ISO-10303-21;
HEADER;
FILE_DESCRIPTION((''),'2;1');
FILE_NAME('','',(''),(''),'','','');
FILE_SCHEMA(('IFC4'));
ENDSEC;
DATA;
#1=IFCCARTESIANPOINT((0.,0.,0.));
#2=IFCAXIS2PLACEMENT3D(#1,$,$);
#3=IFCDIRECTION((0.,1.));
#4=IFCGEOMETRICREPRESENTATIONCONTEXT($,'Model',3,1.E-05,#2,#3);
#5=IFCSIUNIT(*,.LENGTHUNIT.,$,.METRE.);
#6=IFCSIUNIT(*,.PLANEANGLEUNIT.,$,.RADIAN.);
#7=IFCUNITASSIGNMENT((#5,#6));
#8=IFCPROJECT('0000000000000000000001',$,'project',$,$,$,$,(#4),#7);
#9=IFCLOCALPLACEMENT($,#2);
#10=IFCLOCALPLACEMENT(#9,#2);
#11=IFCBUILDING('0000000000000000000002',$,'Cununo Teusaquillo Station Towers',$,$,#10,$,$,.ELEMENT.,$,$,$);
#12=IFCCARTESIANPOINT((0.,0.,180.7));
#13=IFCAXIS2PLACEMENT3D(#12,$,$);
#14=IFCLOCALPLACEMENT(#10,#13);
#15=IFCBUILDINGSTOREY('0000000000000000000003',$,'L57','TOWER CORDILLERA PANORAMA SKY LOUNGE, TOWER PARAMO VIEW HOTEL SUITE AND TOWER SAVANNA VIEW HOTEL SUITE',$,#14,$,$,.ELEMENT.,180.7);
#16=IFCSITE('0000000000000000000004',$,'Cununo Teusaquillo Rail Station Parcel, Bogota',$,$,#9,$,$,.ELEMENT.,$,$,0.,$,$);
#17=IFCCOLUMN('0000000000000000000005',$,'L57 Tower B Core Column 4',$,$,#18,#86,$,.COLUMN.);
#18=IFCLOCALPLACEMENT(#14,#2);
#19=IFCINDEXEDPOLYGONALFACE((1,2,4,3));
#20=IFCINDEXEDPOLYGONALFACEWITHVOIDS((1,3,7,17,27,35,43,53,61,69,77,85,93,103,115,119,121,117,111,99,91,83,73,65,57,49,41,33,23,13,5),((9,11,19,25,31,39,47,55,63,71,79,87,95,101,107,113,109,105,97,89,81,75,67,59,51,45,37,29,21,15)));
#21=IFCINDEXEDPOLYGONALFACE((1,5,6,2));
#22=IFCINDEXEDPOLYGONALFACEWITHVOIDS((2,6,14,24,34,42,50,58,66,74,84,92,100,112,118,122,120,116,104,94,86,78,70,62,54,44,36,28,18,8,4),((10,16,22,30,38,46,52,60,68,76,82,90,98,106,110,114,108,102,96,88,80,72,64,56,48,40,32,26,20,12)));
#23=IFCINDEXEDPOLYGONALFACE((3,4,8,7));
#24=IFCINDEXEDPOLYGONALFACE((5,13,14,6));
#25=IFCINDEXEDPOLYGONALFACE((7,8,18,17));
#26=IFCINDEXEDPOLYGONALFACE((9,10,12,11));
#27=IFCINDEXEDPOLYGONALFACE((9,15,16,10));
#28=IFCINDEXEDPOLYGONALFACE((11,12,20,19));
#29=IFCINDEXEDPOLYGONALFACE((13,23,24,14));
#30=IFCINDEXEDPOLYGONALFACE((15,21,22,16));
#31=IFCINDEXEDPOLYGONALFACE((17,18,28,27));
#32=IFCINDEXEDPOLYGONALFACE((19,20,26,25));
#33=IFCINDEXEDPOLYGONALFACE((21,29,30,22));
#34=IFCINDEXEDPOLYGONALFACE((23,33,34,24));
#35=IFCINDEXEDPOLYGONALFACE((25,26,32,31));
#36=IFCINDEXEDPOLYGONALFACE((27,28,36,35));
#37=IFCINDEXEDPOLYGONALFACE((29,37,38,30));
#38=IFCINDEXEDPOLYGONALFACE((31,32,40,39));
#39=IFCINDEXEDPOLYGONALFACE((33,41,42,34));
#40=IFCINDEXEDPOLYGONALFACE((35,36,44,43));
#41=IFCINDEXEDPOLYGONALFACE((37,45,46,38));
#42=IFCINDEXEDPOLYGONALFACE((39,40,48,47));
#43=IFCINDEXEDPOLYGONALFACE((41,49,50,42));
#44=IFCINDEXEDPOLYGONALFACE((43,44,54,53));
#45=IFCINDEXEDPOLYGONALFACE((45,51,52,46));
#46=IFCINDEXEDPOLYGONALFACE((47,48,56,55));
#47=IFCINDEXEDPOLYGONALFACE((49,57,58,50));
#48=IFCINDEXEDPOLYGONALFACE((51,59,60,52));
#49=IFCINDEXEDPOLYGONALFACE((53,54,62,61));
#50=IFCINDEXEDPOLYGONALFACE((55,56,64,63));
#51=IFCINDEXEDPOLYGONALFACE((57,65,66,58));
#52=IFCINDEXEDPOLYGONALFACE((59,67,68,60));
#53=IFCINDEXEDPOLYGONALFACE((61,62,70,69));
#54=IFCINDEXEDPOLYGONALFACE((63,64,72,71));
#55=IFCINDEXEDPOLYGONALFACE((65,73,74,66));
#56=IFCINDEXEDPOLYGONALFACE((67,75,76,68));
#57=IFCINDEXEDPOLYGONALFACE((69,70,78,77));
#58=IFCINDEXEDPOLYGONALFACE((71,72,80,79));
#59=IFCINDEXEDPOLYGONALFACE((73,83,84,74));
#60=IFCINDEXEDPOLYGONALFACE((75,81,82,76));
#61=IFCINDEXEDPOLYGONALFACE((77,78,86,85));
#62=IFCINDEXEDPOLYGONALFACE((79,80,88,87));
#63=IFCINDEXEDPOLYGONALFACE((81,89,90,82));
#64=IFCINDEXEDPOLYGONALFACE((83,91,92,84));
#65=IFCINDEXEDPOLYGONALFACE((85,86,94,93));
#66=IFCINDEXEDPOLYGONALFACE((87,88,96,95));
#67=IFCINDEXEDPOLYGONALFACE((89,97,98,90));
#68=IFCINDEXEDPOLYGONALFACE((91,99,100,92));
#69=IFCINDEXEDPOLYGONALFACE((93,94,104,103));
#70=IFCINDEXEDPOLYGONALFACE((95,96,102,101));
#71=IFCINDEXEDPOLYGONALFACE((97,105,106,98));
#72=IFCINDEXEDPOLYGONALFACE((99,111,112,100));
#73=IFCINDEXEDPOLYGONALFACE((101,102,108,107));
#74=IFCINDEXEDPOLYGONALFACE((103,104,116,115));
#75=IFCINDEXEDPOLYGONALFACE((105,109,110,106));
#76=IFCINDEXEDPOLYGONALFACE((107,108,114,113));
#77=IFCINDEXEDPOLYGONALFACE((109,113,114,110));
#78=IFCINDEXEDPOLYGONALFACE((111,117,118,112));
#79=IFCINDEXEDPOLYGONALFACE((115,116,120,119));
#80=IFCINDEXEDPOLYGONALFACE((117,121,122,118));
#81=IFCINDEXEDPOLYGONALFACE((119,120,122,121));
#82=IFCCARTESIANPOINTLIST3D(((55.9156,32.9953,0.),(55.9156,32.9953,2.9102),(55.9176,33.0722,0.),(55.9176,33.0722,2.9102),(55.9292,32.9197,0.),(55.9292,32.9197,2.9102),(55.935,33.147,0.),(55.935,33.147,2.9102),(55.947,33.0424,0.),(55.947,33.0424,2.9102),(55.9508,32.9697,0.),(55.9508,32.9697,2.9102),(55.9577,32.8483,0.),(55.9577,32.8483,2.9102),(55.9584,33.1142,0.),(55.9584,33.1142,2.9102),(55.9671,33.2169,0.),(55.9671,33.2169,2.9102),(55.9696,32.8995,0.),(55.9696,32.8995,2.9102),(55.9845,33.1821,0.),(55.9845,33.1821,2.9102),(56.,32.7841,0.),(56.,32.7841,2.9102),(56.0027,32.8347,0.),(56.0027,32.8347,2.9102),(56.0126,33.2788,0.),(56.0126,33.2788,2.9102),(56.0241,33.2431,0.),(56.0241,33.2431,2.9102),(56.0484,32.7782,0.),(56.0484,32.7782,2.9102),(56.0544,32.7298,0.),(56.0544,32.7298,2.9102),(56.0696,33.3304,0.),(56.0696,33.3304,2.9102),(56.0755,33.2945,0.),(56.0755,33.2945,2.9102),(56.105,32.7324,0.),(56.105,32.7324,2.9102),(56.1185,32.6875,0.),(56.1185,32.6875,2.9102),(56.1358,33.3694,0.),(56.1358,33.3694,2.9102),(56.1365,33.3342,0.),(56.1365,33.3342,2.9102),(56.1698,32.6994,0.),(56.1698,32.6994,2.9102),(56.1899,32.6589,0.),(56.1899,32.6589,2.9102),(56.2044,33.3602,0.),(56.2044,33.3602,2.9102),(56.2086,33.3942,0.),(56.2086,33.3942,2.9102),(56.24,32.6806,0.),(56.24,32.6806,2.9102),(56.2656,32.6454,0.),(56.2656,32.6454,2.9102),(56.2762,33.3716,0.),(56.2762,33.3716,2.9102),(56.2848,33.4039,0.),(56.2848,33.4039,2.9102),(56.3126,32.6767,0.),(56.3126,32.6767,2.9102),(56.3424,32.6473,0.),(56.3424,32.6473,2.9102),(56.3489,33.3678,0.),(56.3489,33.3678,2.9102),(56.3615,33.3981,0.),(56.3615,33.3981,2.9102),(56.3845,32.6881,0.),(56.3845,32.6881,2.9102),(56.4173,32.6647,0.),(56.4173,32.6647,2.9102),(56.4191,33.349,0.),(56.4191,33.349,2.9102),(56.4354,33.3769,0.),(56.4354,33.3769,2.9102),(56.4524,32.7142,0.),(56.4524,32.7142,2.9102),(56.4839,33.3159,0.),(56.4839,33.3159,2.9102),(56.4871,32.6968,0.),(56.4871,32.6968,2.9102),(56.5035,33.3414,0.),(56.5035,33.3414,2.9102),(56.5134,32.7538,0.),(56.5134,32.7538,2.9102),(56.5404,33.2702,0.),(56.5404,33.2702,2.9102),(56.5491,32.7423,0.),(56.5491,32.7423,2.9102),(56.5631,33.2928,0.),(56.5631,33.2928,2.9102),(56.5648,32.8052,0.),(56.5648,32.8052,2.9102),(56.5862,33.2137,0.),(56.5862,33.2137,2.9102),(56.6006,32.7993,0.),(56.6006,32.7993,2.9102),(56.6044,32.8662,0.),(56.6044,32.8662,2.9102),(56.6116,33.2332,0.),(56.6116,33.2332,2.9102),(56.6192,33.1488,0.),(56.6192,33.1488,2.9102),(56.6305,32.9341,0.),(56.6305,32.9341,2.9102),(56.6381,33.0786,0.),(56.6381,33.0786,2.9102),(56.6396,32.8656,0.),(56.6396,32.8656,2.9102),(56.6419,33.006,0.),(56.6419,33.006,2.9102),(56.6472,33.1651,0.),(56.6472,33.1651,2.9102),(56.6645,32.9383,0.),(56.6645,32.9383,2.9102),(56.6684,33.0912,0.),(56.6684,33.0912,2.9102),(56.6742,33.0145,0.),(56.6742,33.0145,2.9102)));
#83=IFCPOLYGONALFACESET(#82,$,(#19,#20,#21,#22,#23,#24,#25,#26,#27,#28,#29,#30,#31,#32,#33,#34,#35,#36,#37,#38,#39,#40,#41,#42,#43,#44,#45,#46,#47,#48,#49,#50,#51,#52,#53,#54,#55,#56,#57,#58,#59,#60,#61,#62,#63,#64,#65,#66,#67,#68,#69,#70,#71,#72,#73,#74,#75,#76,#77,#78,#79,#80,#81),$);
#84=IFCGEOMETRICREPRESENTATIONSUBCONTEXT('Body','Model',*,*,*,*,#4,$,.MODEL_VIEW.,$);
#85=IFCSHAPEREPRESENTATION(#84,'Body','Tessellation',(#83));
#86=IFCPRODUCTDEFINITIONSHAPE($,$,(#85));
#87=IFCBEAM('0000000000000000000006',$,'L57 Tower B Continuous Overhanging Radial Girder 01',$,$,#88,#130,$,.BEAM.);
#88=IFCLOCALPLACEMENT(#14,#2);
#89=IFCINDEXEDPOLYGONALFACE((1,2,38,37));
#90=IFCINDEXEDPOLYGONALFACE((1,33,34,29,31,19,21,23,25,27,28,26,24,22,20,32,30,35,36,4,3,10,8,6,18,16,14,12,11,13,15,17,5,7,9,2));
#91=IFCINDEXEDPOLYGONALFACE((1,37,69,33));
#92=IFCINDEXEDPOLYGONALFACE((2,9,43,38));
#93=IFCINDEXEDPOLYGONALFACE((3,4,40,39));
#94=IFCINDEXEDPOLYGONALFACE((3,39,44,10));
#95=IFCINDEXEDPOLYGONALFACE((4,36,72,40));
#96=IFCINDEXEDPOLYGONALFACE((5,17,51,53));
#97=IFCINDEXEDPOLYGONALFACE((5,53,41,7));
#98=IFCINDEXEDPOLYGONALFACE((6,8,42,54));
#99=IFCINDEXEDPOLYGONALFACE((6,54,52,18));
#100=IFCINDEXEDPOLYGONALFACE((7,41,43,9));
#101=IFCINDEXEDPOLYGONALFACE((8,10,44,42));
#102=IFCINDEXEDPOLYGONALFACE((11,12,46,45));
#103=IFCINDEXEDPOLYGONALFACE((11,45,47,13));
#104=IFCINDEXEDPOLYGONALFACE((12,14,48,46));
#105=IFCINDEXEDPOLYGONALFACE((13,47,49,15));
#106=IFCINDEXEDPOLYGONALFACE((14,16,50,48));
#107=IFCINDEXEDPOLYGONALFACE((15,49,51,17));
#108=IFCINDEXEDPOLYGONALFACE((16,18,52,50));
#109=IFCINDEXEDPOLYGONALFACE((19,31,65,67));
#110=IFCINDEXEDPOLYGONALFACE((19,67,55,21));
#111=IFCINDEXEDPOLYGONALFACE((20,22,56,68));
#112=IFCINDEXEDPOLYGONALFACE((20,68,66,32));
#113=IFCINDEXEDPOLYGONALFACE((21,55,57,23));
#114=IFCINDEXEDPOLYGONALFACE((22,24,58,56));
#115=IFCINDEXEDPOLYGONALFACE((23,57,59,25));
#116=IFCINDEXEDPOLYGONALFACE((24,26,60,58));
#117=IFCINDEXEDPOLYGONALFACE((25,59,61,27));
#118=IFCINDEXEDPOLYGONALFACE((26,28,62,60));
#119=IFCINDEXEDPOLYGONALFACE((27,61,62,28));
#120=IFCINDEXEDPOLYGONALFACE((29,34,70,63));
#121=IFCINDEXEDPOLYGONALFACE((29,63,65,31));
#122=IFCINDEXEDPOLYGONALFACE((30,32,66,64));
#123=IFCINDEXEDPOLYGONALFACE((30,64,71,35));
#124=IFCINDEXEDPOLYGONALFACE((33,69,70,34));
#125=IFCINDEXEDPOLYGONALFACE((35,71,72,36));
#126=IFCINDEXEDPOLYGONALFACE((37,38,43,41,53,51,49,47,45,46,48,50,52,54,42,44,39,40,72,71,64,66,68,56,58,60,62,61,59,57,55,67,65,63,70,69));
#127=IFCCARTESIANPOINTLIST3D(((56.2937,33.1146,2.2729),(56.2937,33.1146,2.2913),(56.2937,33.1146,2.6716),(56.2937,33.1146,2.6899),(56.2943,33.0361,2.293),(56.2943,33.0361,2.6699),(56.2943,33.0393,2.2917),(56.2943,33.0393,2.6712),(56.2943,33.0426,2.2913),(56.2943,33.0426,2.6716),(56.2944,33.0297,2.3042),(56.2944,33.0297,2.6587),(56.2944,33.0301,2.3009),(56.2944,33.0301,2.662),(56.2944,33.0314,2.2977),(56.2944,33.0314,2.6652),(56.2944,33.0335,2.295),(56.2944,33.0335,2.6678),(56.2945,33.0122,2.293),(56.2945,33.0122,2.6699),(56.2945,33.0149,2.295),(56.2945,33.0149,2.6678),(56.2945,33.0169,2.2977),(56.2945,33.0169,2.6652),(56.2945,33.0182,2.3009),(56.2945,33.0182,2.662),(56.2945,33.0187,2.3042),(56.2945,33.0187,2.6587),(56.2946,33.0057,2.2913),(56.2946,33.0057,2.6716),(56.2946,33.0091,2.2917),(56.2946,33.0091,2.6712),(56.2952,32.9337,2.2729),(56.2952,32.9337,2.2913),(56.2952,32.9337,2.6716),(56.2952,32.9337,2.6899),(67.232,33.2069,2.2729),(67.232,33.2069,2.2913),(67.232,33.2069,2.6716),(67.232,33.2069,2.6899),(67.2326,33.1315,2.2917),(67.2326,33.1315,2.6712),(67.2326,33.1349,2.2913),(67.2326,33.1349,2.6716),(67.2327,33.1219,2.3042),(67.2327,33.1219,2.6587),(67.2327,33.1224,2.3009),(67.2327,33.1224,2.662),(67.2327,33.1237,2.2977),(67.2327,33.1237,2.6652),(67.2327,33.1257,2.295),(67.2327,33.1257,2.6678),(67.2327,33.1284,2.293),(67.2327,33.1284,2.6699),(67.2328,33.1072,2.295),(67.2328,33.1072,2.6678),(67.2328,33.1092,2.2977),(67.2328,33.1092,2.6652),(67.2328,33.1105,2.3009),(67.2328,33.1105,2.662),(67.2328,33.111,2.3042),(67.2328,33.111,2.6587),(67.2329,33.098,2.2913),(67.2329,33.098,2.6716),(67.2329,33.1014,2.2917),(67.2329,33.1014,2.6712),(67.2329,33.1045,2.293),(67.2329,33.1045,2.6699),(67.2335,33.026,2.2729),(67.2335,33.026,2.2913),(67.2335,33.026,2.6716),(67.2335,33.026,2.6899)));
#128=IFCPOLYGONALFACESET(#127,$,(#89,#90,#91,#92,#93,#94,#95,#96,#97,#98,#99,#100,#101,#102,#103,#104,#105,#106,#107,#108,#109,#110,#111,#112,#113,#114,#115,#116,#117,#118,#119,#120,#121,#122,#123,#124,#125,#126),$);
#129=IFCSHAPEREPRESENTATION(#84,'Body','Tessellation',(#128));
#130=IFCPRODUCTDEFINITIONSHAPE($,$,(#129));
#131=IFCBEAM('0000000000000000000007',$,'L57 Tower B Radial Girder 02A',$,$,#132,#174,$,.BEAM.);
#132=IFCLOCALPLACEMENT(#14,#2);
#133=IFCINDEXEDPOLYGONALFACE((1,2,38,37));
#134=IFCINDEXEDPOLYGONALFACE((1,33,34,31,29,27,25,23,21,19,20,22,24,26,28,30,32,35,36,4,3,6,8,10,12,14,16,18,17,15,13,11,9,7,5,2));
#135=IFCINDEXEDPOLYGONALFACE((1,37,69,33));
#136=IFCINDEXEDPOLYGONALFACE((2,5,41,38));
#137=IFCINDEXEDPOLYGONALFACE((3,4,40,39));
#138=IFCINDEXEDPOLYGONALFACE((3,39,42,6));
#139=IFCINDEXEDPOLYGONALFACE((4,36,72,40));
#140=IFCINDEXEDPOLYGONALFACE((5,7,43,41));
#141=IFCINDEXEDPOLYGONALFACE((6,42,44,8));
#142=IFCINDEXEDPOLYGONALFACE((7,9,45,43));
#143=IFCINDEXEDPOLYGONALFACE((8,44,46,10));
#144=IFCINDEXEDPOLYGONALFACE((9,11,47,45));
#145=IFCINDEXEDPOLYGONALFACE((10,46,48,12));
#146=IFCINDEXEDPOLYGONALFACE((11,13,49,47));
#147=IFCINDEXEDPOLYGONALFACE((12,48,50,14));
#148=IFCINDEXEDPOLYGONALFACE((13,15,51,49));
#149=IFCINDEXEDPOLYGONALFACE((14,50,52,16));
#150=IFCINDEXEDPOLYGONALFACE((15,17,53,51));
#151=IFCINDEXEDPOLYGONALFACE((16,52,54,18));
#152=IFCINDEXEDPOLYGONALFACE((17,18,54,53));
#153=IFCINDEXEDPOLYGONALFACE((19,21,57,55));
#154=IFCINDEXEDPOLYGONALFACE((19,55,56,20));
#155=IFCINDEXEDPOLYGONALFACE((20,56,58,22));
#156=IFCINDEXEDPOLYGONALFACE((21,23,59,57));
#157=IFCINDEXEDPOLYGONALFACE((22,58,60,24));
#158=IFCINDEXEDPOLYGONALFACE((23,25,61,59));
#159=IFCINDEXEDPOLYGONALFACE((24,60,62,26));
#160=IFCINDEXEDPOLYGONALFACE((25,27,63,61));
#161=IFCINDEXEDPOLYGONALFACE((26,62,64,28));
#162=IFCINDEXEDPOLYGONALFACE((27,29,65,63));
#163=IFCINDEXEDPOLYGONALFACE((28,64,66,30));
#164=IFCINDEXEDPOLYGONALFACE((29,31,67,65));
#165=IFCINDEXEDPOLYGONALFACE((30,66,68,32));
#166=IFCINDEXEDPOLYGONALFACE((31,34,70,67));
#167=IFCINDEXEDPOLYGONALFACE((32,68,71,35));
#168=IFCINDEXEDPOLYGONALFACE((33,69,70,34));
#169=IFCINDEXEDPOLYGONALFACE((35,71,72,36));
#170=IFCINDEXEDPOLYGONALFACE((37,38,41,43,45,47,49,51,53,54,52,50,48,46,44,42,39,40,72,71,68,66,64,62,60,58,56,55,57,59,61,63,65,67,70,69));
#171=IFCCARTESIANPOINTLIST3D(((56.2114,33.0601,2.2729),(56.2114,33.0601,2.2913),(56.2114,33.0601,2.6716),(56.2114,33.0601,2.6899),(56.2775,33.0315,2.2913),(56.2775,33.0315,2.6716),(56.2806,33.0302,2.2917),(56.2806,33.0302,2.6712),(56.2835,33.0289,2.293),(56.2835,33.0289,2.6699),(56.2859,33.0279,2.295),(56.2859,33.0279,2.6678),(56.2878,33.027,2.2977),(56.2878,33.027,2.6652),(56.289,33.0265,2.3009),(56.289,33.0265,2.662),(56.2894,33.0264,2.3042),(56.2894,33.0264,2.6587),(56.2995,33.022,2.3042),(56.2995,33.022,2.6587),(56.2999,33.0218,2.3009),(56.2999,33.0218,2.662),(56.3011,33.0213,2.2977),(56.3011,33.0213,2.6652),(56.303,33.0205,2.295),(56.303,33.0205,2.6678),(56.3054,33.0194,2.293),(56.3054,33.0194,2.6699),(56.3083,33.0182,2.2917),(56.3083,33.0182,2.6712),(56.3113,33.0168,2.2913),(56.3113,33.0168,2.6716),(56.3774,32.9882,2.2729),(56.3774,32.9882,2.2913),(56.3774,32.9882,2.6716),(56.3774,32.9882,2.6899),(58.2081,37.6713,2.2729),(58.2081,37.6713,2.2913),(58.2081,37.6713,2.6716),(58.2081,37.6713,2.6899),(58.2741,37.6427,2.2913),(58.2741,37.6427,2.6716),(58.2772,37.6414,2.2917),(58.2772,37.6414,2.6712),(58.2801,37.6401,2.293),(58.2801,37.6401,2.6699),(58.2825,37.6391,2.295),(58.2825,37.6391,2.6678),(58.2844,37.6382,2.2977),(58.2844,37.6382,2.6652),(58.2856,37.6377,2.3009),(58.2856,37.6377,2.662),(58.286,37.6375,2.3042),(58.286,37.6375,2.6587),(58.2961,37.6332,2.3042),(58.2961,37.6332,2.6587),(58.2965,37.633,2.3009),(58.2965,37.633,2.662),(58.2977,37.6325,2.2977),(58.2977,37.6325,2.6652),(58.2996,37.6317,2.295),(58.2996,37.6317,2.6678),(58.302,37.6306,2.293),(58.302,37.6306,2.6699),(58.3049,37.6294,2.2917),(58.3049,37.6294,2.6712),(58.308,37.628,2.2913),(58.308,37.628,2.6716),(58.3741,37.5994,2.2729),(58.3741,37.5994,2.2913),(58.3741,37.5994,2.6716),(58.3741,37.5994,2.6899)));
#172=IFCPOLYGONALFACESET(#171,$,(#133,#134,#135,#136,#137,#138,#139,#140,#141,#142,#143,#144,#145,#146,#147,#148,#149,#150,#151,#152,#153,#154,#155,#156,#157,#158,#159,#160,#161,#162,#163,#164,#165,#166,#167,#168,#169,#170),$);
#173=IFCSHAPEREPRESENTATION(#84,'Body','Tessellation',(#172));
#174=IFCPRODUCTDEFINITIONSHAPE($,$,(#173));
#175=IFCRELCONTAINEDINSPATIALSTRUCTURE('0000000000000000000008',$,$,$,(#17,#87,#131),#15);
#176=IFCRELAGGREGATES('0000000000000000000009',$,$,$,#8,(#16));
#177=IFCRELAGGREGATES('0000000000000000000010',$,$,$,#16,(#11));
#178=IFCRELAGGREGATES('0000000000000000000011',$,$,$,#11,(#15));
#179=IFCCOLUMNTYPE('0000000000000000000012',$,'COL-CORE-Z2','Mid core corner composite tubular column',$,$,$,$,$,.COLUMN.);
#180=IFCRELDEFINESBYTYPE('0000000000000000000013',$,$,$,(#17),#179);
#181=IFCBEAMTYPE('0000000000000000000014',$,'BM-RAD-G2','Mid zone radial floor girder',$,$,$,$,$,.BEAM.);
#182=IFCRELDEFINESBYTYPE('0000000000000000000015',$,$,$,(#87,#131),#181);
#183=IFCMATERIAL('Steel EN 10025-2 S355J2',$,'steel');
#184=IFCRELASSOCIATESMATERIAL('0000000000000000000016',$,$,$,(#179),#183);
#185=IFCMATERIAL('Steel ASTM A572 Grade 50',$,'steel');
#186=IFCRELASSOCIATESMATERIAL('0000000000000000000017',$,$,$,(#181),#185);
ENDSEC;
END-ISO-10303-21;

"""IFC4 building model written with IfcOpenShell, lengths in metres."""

from ifc_helpers import new_model, si_unit, direction, frame, origin, origin_2d, place, context, subcontext, project, spatial, hollow_circle, i_section, extrude, material, material_profile, profile_set, type_object, element, save


model = new_model("IFC4")

# Units and contexts
model_context = context("Model", 3, precision=1e-05, world=origin(), true_north=direction((0.0, 1.0)))
body_context = subcontext(model_context, "Body", "Model", "MODEL_VIEW")
ifc_project = project(units=[si_unit("LENGTHUNIT", "METRE"), si_unit("PLANEANGLEUNIT", "RADIAN")], contexts=[model_context])

# Site, building, storey
site_placement = place(None, origin())
site = spatial("IfcSite", under=ifc_project, at=site_placement, Name="Cununo Teusaquillo Rail Station Parcel, Bogota", CompositionType="ELEMENT", RefElevation=0.0)
building_placement = place(site_placement, origin())
building = spatial("IfcBuilding", under=site, at=building_placement, Name="Cununo Teusaquillo Station Towers", CompositionType="ELEMENT")
storey_placement = place(building_placement, frame((0.0, 0.0, 180.7)))
storey = spatial("IfcBuildingStorey", under=building, at=storey_placement, Name="L57", Description="TOWER CORDILLERA PANORAMA SKY LOUNGE, TOWER PARAMO VIEW HOTEL SUITE AND TOWER SAVANNA VIEW HOTEL SUITE", CompositionType="ELEMENT", Elevation=180.7)

# Column
ifc_material_1 = material(Name="Steel EN 10025-2 S355J2", Category="steel")
ifc_material_profile_1 = material_profile(ifc_material_1, hollow_circle(Radius=0.3799, WallThickness=0.032, at=origin_2d()), Name="CHS 760x32")
ifc_profile_set_1 = profile_set([ifc_material_profile_1], Name="Steel EN 10025-2 S355J2")
column_type = type_object("IfcColumnType", Name="COL-CORE-Z2", Description="Mid core corner composite tubular column", PredefinedType="COLUMN", material=ifc_profile_set_1)
column_placement = place(storey_placement, frame((56.2944, 33.0242, 0.0), z_axis=(0.0, 0.0, 1.0), x_axis=(0.707107, 0.707107, 0.0)))
element("IfcColumn", 1, at=column_placement, inside=storey, type_object=column_type, Name="L57 Tower B Core Column 4", PredefinedType="COLUMN", context=body_context, shape_type="SweptSolid", body=[
    extrude(hollow_circle(Radius=0.3799, WallThickness=0.032, at=origin_2d()), origin(), (0.0, 0.0, 1.0), 2.9102),
])

# Beams
ifc_material_2 = material(Name="Steel ASTM A572 Grade 50", Category="steel")
ifc_material_profile_2 = material_profile(ifc_material_2, i_section(OverallWidth=0.1809, OverallDepth=0.417, WebThickness=0.011, FlangeThickness=0.0183, FilletRadius=0.0129, at=origin_2d()), Name="W16X57")
ifc_profile_set_2 = profile_set([ifc_material_profile_2], Name="Steel ASTM A572 Grade 50")
beam_type = type_object("IfcBeamType", Name="BM-RAD-G2", Description="Mid zone radial floor girder", PredefinedType="BEAM", material=ifc_profile_set_2)
beam_1_placement = place(storey_placement, frame((56.2944, 33.0242, 2.4814), z_axis=(0.999964, 0.008437, 0.0), x_axis=(-0.008437, 0.999964, 0.0)))
element("IfcBeam", 2, at=beam_1_placement, inside=storey, type_object=beam_type, Name="L57 Tower B Continuous Overhanging Radial Girder 01", PredefinedType="BEAM", context=body_context, shape_type="SweptSolid", body=[
    extrude(i_section(OverallWidth=0.1809, OverallDepth=0.417, WebThickness=0.011, FlangeThickness=0.0183, FilletRadius=0.0129, at=origin_2d()), origin(), (0.0, 0.0, 1.0), 10.9387),
])
beam_2_placement = place(storey_placement, frame((56.2944, 33.0242, 2.4814), z_axis=(0.397347, 0.917668, 0.0), x_axis=(-0.917668, 0.397347, 0.0)))
element("IfcBeam", 3, at=beam_2_placement, inside=storey, type_object=beam_type, Name="L57 Tower B Radial Girder 02A", PredefinedType="BEAM", context=body_context, shape_type="SweptSolid", body=[
    extrude(i_section(OverallWidth=0.1809, OverallDepth=0.417, WebThickness=0.011, FlangeThickness=0.0183, FilletRadius=0.0129, at=origin_2d()), origin(), (0.0, 0.0, 1.0), 5.0249),
])

save(model, "model.ifc")
